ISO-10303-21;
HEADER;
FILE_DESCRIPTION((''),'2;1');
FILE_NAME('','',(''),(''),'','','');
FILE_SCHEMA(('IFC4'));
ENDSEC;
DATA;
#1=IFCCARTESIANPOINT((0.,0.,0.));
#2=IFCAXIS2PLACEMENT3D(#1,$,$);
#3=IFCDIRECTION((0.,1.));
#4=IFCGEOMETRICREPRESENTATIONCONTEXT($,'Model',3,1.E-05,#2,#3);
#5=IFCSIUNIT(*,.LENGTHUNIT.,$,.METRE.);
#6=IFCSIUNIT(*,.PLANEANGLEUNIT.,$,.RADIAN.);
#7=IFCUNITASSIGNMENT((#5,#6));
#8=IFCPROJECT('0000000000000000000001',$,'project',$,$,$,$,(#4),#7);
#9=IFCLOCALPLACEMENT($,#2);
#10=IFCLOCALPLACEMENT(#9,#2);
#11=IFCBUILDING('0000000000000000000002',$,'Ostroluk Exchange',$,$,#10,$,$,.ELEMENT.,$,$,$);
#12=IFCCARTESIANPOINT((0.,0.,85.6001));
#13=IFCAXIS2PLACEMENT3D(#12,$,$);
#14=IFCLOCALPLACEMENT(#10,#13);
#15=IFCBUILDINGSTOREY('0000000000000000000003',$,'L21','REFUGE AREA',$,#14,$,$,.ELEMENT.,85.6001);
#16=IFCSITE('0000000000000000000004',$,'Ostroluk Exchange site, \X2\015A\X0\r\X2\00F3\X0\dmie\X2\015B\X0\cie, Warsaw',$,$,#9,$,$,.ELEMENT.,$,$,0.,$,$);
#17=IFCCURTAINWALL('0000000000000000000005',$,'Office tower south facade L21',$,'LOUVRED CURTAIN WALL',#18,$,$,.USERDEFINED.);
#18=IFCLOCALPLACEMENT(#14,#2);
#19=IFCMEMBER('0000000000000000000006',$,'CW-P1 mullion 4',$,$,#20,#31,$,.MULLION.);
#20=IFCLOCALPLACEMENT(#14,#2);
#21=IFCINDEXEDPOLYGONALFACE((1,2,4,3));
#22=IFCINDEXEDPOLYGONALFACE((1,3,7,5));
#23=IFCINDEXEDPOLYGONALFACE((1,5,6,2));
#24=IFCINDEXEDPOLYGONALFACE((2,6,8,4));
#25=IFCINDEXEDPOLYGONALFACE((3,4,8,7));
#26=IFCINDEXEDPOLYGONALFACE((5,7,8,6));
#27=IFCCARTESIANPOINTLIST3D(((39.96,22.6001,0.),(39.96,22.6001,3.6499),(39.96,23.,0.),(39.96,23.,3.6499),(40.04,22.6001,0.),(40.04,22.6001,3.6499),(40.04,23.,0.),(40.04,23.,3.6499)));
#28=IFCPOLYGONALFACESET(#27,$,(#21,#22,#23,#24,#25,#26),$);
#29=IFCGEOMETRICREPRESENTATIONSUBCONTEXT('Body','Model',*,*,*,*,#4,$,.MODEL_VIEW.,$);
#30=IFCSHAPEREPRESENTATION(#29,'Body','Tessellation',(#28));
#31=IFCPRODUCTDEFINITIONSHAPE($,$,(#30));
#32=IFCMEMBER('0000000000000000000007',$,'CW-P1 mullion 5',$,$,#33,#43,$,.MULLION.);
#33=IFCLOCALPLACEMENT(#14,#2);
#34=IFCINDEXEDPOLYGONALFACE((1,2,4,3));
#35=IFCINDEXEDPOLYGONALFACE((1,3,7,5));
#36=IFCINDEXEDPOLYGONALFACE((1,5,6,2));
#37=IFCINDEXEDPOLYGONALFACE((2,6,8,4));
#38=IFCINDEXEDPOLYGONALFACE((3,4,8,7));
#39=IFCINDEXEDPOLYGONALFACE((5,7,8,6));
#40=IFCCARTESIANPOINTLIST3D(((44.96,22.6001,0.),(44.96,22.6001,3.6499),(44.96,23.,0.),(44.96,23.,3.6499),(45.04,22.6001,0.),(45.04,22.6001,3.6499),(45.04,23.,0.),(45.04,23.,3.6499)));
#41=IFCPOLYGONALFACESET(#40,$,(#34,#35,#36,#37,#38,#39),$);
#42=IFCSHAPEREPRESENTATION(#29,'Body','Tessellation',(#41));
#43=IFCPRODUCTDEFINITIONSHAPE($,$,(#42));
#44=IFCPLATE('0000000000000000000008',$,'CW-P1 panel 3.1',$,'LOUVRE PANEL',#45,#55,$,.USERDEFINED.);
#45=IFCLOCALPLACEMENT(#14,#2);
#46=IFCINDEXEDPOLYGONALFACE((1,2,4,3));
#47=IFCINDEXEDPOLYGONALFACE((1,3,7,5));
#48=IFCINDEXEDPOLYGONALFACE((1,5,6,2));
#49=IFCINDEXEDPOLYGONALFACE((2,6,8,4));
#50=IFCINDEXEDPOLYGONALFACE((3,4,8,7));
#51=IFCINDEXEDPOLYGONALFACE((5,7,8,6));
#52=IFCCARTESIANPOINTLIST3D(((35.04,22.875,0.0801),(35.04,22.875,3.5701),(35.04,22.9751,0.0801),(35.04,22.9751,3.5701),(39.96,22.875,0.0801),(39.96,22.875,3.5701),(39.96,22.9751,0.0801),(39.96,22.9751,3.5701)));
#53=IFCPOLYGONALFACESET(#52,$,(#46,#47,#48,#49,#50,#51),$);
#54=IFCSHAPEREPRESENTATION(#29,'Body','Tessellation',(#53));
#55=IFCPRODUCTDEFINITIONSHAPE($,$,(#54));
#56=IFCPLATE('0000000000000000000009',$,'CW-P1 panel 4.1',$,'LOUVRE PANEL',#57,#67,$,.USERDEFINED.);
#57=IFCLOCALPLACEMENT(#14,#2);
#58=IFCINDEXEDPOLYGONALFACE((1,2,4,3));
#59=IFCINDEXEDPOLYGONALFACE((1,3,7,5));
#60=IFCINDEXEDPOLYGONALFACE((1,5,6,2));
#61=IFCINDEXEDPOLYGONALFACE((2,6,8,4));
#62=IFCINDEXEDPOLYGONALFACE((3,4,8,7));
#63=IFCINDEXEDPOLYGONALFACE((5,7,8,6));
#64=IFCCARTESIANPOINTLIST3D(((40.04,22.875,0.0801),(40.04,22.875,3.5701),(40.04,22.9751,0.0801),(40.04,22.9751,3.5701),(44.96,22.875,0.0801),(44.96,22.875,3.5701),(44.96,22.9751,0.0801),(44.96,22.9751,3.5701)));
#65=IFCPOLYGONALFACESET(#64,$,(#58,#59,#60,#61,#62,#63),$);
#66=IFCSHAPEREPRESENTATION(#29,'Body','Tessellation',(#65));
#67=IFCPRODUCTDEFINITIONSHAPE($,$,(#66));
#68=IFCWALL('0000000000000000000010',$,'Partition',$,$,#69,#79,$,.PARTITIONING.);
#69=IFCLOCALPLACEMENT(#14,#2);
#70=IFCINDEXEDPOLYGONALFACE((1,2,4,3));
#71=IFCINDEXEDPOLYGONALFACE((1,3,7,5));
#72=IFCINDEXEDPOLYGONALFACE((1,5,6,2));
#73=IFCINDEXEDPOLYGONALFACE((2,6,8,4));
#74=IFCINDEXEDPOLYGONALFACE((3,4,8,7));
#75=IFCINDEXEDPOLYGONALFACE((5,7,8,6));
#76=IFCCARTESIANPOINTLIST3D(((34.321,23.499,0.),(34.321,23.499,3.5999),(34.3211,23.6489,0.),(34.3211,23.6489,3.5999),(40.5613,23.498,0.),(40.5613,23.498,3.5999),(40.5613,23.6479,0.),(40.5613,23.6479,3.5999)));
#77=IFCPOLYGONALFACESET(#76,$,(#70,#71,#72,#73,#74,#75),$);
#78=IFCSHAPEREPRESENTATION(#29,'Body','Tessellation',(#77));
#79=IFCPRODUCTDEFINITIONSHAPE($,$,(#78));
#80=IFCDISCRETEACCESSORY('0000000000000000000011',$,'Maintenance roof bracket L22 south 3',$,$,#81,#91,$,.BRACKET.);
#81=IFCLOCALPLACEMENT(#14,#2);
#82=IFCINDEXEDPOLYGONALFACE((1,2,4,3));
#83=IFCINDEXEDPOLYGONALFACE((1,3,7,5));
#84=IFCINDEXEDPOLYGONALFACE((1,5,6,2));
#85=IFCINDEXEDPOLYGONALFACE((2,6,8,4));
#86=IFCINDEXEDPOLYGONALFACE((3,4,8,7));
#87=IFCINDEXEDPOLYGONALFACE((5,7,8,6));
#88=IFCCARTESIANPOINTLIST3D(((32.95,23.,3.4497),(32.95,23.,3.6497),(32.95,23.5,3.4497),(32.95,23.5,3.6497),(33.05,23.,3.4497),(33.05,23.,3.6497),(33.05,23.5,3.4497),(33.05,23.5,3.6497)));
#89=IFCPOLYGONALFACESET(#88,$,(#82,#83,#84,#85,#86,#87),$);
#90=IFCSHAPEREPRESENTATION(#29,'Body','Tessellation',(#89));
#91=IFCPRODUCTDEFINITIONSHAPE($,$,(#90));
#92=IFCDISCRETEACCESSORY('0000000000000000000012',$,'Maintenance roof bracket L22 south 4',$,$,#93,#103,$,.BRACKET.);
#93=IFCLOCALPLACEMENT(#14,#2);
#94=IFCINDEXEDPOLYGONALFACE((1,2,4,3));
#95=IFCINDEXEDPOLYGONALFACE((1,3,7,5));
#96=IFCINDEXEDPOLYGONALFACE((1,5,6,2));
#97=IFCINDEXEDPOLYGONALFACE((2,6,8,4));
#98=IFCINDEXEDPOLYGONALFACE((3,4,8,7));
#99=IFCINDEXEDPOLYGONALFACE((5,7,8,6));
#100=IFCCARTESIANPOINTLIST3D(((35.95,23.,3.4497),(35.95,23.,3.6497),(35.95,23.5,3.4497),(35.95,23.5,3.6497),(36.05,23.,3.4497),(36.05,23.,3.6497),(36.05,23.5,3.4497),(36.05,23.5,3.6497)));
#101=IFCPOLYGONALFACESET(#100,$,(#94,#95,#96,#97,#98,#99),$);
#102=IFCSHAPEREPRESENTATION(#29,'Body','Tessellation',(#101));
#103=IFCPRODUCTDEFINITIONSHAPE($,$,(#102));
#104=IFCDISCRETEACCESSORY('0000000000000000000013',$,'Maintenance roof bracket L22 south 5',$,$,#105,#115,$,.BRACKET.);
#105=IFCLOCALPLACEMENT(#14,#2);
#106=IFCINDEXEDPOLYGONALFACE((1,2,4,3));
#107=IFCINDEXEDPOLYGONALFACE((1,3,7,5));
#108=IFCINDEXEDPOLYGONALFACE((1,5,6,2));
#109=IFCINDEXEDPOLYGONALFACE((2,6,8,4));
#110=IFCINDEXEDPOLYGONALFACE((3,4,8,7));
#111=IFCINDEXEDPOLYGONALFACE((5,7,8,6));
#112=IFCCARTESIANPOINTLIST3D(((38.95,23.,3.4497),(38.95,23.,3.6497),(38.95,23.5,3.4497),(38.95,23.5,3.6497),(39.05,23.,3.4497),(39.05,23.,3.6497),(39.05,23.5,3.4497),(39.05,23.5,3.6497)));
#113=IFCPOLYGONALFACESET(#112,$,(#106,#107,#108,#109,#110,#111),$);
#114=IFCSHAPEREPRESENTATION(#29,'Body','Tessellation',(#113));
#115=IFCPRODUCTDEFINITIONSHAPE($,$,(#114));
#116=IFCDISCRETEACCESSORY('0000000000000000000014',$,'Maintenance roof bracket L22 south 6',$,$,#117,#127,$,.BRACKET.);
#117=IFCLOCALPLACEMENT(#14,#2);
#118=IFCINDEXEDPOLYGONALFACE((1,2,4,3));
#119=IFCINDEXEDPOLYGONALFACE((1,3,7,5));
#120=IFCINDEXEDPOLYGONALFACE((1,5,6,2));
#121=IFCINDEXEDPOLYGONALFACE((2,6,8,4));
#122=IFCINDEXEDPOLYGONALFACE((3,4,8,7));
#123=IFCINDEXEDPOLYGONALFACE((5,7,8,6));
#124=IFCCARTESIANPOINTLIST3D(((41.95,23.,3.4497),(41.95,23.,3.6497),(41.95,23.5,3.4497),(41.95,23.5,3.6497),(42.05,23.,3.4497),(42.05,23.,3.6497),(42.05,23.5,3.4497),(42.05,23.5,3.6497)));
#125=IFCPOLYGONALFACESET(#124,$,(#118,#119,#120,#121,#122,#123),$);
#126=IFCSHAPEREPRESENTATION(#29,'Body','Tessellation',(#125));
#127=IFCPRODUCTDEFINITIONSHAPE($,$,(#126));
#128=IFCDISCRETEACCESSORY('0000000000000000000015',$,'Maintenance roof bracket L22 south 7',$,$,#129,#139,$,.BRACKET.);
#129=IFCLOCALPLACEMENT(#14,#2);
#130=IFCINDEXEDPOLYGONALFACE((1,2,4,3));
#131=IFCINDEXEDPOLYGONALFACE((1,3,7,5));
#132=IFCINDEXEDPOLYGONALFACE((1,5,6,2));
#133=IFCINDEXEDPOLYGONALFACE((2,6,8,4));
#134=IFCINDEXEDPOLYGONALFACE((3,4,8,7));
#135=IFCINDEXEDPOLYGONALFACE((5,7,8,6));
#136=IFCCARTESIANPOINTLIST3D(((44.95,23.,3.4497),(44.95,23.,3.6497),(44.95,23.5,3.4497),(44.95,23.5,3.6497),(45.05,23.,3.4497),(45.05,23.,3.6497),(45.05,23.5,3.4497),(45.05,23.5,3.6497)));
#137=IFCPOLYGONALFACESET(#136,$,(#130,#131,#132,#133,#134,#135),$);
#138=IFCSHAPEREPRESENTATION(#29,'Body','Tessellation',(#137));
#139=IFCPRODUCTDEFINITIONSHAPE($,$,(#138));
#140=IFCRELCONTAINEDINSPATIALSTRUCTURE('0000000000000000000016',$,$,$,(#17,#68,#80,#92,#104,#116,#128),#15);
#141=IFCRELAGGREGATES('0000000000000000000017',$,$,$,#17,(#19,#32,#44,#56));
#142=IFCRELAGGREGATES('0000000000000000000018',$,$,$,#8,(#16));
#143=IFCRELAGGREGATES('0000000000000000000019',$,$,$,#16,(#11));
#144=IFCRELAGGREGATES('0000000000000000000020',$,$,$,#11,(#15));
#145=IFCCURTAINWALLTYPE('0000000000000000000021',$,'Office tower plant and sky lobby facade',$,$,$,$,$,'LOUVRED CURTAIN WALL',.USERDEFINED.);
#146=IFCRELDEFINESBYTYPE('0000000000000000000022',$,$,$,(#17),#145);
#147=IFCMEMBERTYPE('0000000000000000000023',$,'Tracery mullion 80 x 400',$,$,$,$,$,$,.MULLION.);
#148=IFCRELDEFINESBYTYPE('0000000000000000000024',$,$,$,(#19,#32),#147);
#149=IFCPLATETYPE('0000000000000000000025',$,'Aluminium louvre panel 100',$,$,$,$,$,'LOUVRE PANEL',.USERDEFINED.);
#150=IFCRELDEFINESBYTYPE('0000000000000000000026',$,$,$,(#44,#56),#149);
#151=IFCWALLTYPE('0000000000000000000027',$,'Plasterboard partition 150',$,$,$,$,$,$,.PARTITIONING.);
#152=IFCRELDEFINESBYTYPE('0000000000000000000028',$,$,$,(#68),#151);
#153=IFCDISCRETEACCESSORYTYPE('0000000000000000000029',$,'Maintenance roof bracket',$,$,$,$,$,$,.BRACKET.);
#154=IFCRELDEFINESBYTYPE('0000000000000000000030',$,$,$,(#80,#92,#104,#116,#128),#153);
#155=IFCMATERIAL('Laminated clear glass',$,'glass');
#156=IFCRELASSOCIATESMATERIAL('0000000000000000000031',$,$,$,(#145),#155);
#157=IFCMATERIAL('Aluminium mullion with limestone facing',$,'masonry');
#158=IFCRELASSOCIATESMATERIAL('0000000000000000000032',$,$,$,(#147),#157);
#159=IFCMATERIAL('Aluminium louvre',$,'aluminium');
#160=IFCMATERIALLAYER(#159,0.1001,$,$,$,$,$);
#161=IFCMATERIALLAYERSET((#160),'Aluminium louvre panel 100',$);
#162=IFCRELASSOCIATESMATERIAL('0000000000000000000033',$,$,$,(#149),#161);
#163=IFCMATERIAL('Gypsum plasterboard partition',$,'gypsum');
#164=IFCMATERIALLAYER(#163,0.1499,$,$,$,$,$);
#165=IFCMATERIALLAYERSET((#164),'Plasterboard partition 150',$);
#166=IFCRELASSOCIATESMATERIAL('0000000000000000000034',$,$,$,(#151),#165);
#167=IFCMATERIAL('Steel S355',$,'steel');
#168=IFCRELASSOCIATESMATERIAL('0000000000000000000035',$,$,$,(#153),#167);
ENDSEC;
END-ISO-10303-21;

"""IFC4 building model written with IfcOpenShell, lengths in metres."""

from ifc_helpers import new_model, si_unit, direction, frame, frame_2d, origin, origin_2d, place, context, subcontext, project, spatial, rectangle, extrude, material, layer, layer_set, material_profile, profile_set, type_object, element, aggregate, save


model = new_model("IFC4")

# Units and contexts
model_context = context("Model", 3, precision=1e-05, world=origin(), true_north=direction((0.0, 1.0)))
body_context = subcontext(model_context, "Body", "Model", "MODEL_VIEW")
ifc_project = project(units=[si_unit("LENGTHUNIT", "METRE"), si_unit("PLANEANGLEUNIT", "RADIAN")], contexts=[model_context])

# Site, building, storey
site_placement = place(None, origin())
site = spatial("IfcSite", under=ifc_project, at=site_placement, Name="Ostroluk Exchange site, Śródmieście, Warsaw", CompositionType="ELEMENT", RefElevation=0.0)
building_placement = place(site_placement, origin())
building = spatial("IfcBuilding", under=site, at=building_placement, Name="Ostroluk Exchange", CompositionType="ELEMENT")
storey_placement = place(building_placement, frame((0.0, 0.0, 85.6001)))
storey = spatial("IfcBuildingStorey", under=building, at=storey_placement, Name="L21", Description="REFUGE AREA", CompositionType="ELEMENT", Elevation=85.6001)

# Curtain wall, members, plates
ifc_material_1 = material(Name="Laminated clear glass", Category="glass")
curtain_wall_type = type_object("IfcCurtainWallType", Name="Office tower plant and sky lobby facade", ElementType="LOUVRED CURTAIN WALL", PredefinedType="USERDEFINED", material=ifc_material_1)
curtain_wall_placement = place(storey_placement, origin())
curtain_wall = element("IfcCurtainWall", 1, at=curtain_wall_placement, inside=storey, type_object=curtain_wall_type, Name="Office tower south facade L21", ObjectType="LOUVRED CURTAIN WALL", PredefinedType="USERDEFINED")
ifc_material_2 = material(Name="Aluminium mullion with limestone facing", Category="masonry")
ifc_material_profile_1 = material_profile(ifc_material_2, rectangle(XDim=0.3999, YDim=0.0801, at=origin_2d()), Name="Tracery mullion 80 x 400")
ifc_profile_set_1 = profile_set([ifc_material_profile_1], Name="Aluminium mullion with limestone facing")
member_type_1 = type_object("IfcMemberType", Name="Tracery mullion 80 x 400", PredefinedType="MULLION", material=ifc_profile_set_1)
member_1_placement = place(storey_placement, frame((40.0, 22.8, 0.0), z_axis=(0.0, 0.0, 1.0), x_axis=(0.0, 1.0, 0.0)))
member_1 = element("IfcMember", 2, at=member_1_placement, type_object=member_type_1, Name="CW-P1 mullion 4", PredefinedType="MULLION", context=body_context, shape_type="SweptSolid", body=[
    extrude(rectangle(XDim=0.3999, YDim=0.0801, at=origin_2d()), origin(), (0.0, 0.0, 1.0), 3.6499),
])
member_2_placement = place(storey_placement, frame((45.0, 22.8, 0.0), z_axis=(0.0, 0.0, 1.0), x_axis=(0.0, 1.0, 0.0)))
member_2 = element("IfcMember", 3, at=member_2_placement, type_object=member_type_1, Name="CW-P1 mullion 5", PredefinedType="MULLION", context=body_context, shape_type="SweptSolid", body=[
    extrude(rectangle(XDim=0.3999, YDim=0.0801, at=origin_2d()), origin(), (0.0, 0.0, 1.0), 3.6499),
])
ifc_material_3 = material(Name="Aluminium louvre", Category="aluminium")
ifc_layer_1 = layer(ifc_material_3, 0.1001)
ifc_layer_set_1 = layer_set([ifc_layer_1], Name="Aluminium louvre panel 100")
plate_type = type_object("IfcPlateType", Name="Aluminium louvre panel 100", ElementType="LOUVRE PANEL", PredefinedType="USERDEFINED", material=ifc_layer_set_1)
plate_1_placement = place(storey_placement, frame((37.5, 22.925, 0.0801), z_axis=(0.0, 0.0, 1.0), x_axis=(1.0, 0.0, 0.0)))
plate_1 = element("IfcPlate", 4, at=plate_1_placement, type_object=plate_type, Name="CW-P1 panel 3.1", ObjectType="LOUVRE PANEL", PredefinedType="USERDEFINED", context=body_context, shape_type="SweptSolid", body=[
    extrude(rectangle(XDim=4.9199, YDim=0.1001, at=origin_2d()), origin(), (0.0, 0.0, 1.0), 3.49),
])
plate_2_placement = place(storey_placement, frame((42.5, 22.925, 0.0801), z_axis=(0.0, 0.0, 1.0), x_axis=(1.0, 0.0, 0.0)))
plate_2 = element("IfcPlate", 5, at=plate_2_placement, type_object=plate_type, Name="CW-P1 panel 4.1", ObjectType="LOUVRE PANEL", PredefinedType="USERDEFINED", context=body_context, shape_type="SweptSolid", body=[
    extrude(rectangle(XDim=4.9199, YDim=0.1001, at=origin_2d()), origin(), (0.0, 0.0, 1.0), 3.49),
])
aggregate(curtain_wall, [member_1, member_2, plate_1, plate_2])

# Wall
ifc_material_4 = material(Name="Gypsum plasterboard partition", Category="gypsum")
ifc_layer_2 = layer(ifc_material_4, 0.1499)
ifc_layer_set_2 = layer_set([ifc_layer_2], Name="Plasterboard partition 150")
wall_type = type_object("IfcWallType", Name="Plasterboard partition 150", PredefinedType="PARTITIONING", material=ifc_layer_set_2)
wall_placement = place(storey_placement, frame((40.5613, 23.573, 0.0), z_axis=(0.0, 0.0, 1.0), x_axis=(-1.0, 0.000156, 0.0)))
element("IfcWall", 6, at=wall_placement, inside=storey, type_object=wall_type, Name="Partition", PredefinedType="PARTITIONING", context=body_context, shape_type="SweptSolid", body=[
    extrude(rectangle(XDim=6.2402, YDim=0.1499, at=frame_2d((3.1201, 0.0))), origin(), (0.0, 0.0, 1.0), 3.5999),
])

# Discrete accessories
ifc_material_5 = material(Name="Steel S355", Category="steel")
discrete_accessory_type = type_object("IfcDiscreteAccessoryType", Name="Maintenance roof bracket", PredefinedType="BRACKET", material=ifc_material_5)
for number, where, z_axis, x_axis, name in (
    (7, (33.0, 23.25, 3.4497), (0.0, 0.0, 1.0), (1.0, 0.0, 0.0), "Maintenance roof bracket L22 south 3"),
    (8, (36.0, 23.25, 3.4497), (0.0, 0.0, 1.0), (1.0, 0.0, 0.0), "Maintenance roof bracket L22 south 4"),
    (9, (39.0, 23.25, 3.4497), (0.0, 0.0, 1.0), (1.0, 0.0, 0.0), "Maintenance roof bracket L22 south 5"),
    (10, (42.0, 23.25, 3.4497), (0.0, 0.0, 1.0), (1.0, 0.0, 0.0), "Maintenance roof bracket L22 south 6"),
    (11, (45.0, 23.25, 3.4497), (0.0, 0.0, 1.0), (1.0, 0.0, 0.0), "Maintenance roof bracket L22 south 7"),
):
    element("IfcDiscreteAccessory", number, at=place(storey_placement, frame(where, z_axis=z_axis, x_axis=x_axis)), inside=storey, type_object=discrete_accessory_type, Name=name, PredefinedType="BRACKET", context=body_context, shape_type="SweptSolid", body=[
        extrude(rectangle(XDim=0.1001, YDim=0.5, at=origin_2d()), origin(), (0.0, 0.0, 1.0), 0.2),
    ])

save(model, "model.ifc")
